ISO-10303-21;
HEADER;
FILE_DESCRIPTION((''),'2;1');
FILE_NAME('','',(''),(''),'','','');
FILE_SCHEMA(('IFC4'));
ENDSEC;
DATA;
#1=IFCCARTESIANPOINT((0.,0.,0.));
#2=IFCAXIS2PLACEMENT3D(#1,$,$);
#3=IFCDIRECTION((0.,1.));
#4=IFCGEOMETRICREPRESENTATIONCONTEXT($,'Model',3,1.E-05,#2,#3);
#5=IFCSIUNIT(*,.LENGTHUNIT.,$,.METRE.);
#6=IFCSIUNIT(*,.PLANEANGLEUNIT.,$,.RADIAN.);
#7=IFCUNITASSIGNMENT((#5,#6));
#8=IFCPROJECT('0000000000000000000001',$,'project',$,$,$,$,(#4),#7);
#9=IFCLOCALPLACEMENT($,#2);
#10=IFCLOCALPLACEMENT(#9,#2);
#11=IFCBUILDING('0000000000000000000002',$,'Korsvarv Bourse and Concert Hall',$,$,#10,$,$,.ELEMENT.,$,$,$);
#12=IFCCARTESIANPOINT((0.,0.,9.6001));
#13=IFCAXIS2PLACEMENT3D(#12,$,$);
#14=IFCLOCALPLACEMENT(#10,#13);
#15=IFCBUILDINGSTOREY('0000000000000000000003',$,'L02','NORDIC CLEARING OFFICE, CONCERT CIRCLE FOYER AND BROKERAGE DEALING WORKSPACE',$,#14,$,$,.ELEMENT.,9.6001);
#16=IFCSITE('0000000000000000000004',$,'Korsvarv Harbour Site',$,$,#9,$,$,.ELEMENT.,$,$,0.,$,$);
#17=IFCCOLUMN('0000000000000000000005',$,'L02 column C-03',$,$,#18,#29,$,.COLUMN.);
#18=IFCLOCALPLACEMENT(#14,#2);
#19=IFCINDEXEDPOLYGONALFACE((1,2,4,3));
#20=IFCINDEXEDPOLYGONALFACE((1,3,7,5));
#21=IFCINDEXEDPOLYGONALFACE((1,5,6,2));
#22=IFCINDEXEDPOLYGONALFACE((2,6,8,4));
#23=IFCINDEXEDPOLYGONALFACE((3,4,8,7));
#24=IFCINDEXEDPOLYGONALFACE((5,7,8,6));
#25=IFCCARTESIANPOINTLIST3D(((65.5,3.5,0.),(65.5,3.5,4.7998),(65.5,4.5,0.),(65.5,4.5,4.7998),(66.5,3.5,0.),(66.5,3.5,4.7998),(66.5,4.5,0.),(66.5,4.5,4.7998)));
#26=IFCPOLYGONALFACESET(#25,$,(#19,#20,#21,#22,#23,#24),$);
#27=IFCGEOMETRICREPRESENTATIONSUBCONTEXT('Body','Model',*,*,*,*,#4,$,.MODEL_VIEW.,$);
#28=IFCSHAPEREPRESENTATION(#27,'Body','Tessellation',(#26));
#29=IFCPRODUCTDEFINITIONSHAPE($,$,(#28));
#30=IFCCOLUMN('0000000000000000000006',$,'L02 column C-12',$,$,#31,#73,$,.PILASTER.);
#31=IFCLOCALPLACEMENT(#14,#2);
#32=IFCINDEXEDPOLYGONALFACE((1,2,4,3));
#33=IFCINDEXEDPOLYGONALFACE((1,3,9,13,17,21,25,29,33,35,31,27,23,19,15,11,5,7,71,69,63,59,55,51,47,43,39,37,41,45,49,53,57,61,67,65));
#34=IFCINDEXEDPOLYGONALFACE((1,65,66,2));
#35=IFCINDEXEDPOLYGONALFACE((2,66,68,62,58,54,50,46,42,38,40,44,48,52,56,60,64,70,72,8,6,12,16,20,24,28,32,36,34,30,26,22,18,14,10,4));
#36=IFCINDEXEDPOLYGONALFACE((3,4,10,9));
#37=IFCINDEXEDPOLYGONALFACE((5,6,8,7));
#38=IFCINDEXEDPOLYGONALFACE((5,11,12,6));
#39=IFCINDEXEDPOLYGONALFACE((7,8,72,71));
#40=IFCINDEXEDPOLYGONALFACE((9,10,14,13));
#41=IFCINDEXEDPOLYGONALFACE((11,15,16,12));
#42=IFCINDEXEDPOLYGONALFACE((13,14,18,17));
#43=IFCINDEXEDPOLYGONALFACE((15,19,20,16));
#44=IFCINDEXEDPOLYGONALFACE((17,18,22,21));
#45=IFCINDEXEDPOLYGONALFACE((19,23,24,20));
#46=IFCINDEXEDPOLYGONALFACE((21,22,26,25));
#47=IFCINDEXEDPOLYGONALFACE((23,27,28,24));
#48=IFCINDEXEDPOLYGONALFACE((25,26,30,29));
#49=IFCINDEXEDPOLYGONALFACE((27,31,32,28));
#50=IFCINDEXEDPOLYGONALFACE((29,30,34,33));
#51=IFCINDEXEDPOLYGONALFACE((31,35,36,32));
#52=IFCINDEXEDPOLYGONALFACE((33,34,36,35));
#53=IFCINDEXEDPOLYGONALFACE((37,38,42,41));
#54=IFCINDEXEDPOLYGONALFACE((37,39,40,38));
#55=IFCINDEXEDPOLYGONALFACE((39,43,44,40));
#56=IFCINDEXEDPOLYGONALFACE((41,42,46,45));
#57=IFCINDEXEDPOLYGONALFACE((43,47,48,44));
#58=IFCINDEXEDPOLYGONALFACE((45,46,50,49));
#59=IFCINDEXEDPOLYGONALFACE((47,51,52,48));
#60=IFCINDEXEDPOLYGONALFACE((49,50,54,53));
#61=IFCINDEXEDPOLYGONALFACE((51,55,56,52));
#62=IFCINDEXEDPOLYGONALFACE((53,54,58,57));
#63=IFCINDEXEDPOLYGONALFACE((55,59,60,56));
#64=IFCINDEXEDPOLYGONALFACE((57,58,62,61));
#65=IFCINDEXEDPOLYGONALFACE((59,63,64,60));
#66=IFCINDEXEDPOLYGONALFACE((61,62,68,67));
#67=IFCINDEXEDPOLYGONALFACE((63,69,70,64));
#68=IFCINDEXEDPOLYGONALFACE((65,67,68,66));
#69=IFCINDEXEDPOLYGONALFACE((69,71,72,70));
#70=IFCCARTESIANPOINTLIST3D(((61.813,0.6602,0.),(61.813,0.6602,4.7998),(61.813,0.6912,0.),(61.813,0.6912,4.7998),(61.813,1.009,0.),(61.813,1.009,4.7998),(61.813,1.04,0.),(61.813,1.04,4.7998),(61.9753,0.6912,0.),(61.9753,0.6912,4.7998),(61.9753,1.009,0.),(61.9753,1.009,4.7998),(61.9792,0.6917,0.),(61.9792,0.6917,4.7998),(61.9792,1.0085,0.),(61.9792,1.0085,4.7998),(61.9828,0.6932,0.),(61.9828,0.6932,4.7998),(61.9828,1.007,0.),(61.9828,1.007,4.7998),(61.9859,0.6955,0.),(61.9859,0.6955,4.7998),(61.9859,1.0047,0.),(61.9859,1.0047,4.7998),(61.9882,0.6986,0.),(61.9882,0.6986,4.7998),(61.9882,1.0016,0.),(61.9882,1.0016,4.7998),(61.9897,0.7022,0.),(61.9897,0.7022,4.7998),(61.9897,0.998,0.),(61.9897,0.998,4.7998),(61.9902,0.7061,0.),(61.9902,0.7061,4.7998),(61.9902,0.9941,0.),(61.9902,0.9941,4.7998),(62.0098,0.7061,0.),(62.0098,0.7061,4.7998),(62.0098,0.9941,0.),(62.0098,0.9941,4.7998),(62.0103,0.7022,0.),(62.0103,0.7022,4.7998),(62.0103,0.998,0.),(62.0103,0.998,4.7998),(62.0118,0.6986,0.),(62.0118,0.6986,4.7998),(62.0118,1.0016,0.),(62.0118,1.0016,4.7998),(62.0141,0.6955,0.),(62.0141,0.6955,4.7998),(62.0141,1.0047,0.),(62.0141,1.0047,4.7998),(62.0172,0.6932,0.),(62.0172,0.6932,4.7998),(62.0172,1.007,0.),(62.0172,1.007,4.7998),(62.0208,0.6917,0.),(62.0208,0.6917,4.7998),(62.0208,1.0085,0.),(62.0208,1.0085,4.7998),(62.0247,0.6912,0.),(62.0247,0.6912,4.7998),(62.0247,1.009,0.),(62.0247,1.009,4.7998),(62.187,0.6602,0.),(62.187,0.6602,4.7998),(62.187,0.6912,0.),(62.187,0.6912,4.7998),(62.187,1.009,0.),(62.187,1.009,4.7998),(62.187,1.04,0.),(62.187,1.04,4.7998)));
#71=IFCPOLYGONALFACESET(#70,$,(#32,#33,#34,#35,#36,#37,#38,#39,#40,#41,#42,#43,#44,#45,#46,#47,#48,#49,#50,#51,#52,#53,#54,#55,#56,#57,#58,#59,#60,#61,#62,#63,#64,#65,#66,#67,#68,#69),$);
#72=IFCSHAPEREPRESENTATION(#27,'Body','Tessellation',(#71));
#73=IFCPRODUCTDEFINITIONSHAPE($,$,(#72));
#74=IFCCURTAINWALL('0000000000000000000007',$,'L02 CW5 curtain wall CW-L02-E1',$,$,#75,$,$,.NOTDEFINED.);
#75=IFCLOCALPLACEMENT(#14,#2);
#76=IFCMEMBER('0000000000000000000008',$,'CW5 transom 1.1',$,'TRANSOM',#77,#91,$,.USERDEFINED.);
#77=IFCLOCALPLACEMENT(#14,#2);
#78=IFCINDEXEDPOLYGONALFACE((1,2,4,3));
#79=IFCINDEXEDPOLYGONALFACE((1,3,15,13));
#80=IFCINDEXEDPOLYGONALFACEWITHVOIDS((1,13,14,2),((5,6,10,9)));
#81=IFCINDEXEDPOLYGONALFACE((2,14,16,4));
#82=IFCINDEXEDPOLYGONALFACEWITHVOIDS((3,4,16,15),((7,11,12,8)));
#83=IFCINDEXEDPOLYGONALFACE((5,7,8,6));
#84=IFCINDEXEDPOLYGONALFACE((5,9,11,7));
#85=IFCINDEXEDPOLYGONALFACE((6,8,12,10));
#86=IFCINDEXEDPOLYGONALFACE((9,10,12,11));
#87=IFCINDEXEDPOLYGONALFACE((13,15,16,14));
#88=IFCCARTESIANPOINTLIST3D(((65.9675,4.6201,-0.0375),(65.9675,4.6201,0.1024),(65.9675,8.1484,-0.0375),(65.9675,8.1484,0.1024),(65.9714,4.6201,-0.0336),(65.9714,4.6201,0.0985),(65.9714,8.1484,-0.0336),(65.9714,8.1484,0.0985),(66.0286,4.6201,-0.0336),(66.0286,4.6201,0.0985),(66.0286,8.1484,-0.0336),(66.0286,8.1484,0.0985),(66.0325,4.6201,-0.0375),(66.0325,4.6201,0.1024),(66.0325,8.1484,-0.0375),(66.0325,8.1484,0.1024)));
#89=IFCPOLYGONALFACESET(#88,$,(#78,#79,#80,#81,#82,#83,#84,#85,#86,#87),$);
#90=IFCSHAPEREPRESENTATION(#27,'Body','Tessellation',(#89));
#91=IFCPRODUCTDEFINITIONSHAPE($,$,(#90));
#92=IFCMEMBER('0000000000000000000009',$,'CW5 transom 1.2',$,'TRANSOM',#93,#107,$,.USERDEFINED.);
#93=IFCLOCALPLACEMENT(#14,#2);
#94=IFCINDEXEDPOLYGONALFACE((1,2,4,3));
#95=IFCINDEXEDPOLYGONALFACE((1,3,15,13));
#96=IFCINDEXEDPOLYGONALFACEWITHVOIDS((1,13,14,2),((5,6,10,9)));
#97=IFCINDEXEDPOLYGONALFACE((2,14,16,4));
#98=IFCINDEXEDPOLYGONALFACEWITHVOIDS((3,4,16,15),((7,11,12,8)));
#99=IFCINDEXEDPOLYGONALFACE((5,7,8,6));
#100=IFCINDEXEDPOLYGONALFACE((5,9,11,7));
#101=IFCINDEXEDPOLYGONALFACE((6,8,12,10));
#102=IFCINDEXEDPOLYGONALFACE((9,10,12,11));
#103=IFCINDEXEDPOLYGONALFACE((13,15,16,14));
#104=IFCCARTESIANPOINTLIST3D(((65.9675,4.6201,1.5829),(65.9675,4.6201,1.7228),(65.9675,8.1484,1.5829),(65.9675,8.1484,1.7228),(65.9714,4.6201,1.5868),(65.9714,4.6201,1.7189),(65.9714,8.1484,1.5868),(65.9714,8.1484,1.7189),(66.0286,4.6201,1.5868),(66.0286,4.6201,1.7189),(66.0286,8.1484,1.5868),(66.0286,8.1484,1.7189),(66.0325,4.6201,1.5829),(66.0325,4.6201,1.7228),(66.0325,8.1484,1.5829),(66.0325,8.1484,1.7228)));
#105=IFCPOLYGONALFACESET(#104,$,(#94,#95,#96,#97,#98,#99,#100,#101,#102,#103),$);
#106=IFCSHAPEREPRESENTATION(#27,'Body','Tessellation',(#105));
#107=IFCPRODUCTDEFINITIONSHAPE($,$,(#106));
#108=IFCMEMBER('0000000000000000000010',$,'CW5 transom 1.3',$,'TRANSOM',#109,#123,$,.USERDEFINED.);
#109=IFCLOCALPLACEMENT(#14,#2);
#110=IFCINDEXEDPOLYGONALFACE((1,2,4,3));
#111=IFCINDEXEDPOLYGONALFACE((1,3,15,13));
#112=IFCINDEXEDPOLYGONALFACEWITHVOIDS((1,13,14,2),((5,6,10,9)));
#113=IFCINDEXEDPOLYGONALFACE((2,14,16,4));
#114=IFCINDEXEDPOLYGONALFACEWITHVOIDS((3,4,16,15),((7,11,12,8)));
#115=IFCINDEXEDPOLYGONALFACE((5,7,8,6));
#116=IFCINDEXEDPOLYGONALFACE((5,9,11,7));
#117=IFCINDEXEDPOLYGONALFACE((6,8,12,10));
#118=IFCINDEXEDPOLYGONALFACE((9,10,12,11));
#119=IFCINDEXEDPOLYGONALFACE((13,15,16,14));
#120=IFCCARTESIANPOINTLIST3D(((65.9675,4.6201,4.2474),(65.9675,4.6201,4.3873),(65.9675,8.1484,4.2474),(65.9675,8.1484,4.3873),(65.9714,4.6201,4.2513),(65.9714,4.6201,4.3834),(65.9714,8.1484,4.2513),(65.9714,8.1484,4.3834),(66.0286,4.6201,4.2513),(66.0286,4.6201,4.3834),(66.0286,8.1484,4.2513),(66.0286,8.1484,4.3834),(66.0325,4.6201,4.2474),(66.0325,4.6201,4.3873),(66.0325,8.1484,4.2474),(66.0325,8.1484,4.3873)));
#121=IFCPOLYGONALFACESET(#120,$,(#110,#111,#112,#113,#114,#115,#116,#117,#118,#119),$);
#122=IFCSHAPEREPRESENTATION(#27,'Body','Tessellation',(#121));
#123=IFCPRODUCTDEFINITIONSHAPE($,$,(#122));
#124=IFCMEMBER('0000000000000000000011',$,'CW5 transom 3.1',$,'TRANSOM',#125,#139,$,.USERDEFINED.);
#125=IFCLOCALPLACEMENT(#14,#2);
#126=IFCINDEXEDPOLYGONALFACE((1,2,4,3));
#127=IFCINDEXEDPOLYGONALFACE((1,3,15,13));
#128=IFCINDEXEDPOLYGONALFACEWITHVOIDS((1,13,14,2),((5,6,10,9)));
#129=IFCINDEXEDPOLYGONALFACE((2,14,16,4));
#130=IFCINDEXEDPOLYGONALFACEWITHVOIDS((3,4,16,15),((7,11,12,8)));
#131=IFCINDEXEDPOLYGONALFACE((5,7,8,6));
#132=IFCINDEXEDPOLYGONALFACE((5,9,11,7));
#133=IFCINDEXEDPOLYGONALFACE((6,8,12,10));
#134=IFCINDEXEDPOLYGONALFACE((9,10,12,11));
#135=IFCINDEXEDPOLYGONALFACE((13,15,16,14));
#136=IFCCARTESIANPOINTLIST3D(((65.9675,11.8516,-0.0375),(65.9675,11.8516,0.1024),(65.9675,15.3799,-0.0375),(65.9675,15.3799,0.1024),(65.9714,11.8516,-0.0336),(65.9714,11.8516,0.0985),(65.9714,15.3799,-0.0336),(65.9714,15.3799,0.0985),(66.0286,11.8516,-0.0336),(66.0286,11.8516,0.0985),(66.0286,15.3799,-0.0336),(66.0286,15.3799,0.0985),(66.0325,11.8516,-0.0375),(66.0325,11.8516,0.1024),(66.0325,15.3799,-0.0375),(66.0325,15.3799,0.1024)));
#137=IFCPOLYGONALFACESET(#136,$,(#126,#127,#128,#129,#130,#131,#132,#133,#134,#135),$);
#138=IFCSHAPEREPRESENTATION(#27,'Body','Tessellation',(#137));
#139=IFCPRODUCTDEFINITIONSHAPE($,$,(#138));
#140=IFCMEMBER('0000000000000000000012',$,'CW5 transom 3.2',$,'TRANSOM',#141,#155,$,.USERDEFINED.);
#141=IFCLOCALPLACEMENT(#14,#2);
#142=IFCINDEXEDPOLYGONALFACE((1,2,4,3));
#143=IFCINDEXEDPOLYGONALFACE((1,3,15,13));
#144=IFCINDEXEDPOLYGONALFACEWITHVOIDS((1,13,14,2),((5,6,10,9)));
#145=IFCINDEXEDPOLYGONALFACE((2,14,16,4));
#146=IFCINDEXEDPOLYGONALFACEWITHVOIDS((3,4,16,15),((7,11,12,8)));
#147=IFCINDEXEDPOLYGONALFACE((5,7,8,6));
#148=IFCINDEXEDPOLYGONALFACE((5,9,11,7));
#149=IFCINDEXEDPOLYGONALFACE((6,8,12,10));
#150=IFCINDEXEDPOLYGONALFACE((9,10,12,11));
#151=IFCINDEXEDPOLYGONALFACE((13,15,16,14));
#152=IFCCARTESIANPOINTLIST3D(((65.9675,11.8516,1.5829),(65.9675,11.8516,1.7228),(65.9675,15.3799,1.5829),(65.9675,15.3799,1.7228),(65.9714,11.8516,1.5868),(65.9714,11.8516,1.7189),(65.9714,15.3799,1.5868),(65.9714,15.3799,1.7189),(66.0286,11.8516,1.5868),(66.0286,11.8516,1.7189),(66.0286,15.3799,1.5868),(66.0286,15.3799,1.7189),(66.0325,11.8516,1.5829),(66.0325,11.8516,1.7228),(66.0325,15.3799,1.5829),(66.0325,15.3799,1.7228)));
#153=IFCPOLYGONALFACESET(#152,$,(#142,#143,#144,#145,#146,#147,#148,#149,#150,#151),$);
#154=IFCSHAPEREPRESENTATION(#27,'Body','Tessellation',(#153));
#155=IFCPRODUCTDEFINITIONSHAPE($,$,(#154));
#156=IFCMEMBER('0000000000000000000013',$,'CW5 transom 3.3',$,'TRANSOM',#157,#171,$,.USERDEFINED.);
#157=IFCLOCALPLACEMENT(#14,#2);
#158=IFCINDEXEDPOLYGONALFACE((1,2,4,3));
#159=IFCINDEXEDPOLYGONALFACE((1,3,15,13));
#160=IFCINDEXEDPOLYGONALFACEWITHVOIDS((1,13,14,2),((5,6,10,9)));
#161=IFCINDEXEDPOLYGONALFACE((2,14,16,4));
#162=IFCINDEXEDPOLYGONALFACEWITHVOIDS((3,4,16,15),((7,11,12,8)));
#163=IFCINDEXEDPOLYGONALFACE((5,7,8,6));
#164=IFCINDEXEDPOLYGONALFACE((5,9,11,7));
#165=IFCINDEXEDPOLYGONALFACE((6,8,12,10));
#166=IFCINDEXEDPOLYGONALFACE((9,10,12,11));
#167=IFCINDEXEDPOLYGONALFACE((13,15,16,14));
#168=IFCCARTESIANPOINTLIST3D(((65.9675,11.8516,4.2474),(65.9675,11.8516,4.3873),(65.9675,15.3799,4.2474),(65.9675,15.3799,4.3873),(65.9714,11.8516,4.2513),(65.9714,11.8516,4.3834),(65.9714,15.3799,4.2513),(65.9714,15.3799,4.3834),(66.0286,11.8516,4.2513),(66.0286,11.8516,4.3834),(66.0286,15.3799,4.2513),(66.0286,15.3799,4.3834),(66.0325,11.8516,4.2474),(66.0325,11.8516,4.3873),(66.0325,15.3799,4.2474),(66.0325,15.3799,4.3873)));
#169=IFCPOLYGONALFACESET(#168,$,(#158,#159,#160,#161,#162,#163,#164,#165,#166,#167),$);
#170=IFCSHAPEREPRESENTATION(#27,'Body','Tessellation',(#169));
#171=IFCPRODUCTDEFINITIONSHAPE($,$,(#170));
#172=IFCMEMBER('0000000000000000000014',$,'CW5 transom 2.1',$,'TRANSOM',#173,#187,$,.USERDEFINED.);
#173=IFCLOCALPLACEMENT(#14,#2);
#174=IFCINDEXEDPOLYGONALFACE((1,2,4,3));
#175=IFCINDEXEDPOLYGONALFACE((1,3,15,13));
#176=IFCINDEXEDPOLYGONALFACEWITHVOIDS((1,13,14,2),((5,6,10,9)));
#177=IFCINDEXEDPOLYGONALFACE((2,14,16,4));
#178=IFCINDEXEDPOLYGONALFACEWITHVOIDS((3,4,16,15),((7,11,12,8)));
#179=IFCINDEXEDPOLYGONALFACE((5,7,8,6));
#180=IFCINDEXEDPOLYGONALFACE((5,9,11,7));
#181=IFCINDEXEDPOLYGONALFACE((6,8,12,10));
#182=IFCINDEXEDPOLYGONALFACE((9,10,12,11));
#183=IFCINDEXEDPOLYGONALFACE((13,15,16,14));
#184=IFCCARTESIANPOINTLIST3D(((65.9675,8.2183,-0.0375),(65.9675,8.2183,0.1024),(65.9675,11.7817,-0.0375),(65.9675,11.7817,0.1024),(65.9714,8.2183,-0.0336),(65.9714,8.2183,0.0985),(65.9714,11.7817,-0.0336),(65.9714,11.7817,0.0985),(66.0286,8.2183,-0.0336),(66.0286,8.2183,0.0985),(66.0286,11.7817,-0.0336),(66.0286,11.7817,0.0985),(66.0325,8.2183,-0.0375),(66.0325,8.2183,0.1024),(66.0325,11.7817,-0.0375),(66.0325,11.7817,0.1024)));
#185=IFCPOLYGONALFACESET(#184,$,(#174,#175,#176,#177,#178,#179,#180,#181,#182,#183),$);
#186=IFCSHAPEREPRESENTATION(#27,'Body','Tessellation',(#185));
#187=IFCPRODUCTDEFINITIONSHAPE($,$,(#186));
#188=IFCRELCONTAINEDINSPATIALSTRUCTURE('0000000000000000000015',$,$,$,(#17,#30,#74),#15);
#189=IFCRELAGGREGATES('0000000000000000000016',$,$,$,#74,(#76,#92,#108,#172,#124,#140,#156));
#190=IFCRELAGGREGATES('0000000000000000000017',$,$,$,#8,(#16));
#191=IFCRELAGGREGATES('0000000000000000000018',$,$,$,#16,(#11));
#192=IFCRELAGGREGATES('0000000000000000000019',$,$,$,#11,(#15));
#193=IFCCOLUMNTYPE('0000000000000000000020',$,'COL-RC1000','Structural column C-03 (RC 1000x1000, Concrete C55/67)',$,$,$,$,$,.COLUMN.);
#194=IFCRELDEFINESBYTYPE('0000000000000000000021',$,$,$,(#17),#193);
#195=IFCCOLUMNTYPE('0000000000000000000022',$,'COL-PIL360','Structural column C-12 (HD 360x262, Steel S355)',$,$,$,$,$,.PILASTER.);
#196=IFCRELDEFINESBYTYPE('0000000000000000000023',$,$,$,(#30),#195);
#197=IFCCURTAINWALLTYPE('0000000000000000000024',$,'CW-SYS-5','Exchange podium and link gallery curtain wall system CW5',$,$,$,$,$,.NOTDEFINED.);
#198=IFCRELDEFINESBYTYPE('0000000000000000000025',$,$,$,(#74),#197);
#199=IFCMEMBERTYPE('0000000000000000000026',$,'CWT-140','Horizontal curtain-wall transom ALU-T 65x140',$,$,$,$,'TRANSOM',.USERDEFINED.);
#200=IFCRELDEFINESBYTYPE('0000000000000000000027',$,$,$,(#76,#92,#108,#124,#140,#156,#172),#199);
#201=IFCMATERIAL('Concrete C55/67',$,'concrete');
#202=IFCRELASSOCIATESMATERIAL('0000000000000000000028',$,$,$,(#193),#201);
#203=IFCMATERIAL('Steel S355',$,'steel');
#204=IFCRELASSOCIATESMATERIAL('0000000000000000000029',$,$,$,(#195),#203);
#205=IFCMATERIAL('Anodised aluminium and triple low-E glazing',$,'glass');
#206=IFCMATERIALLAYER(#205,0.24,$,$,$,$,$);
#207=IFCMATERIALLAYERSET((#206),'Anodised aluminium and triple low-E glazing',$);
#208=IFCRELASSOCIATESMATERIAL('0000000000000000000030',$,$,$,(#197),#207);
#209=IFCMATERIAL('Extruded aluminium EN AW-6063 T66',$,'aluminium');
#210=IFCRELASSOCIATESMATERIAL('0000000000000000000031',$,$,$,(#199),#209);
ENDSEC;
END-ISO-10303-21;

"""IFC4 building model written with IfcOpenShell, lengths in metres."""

from ifc_helpers import new_model, si_unit, direction, frame, origin, origin_2d, place, context, subcontext, project, spatial, rectangle, hollow_rectangle, i_section, extrude, source, transform, mapped, material, layer, layer_set, material_profile, profile_set, type_object, element, aggregate, save


model = new_model("IFC4")

# Units and contexts
model_context = context("Model", 3, precision=1e-05, world=origin(), true_north=direction((0.0, 1.0)))
body_context = subcontext(model_context, "Body", "Model", "MODEL_VIEW")
ifc_project = project(units=[si_unit("LENGTHUNIT", "METRE"), si_unit("PLANEANGLEUNIT", "RADIAN")], contexts=[model_context])

# Site, building, storey
site_placement = place(None, origin())
site = spatial("IfcSite", under=ifc_project, at=site_placement, Name="Korsvarv Harbour Site", CompositionType="ELEMENT", RefElevation=0.0)
building_placement = place(site_placement, origin())
building = spatial("IfcBuilding", under=site, at=building_placement, Name="Korsvarv Bourse and Concert Hall", CompositionType="ELEMENT")
storey_placement = place(building_placement, frame((0.0, 0.0, 9.6001)))
storey = spatial("IfcBuildingStorey", under=building, at=storey_placement, Name="L02", Description="NORDIC CLEARING OFFICE, CONCERT CIRCLE FOYER AND BROKERAGE DEALING WORKSPACE", CompositionType="ELEMENT", Elevation=9.6001)

# Columns
ifc_material_1 = material(Name="Concrete C55/67", Category="concrete")
ifc_material_profile_1 = material_profile(ifc_material_1, rectangle(XDim=1.0, YDim=1.0, at=origin_2d()), Name="RC 1000x1000")
ifc_profile_set_1 = profile_set([ifc_material_profile_1], Name="Concrete C55/67")
column_type_1 = type_object("IfcColumnType", Name="COL-RC1000", Description="Structural column C-03 (RC 1000x1000, Concrete C55/67)", PredefinedType="COLUMN", material=ifc_profile_set_1)
shared_shape_1 = source(origin(), body_context, "Body", "SweptSolid", [
    extrude(rectangle(XDim=1.0, YDim=1.0, at=origin_2d()), origin(), (0.0, 0.0, 1.0), 4.7998),
])
column_1_placement = place(storey_placement, frame((66.0, 4.0, 0.0), z_axis=(0.0, 0.0, 1.0), x_axis=(1.0, 0.0, 0.0)))
element("IfcColumn", 1, at=column_1_placement, inside=storey, type_object=column_type_1, Name="L02 column C-03", PredefinedType="COLUMN", context=body_context, shape_type="MappedRepresentation", body=[
    mapped(shared_shape_1, transform((0.0, 0.0, 0.0), scale=1.0)),
])
ifc_material_2 = material(Name="Steel S355", Category="steel")
ifc_material_profile_2 = material_profile(ifc_material_2, i_section(OverallWidth=0.374, OverallDepth=0.3799, WebThickness=0.0195, FlangeThickness=0.031, FilletRadius=0.0149, at=origin_2d()), Name="HD 360x262")
ifc_profile_set_2 = profile_set([ifc_material_profile_2], Name="Steel S355")
column_type_2 = type_object("IfcColumnType", Name="COL-PIL360", Description="Structural column C-12 (HD 360x262, Steel S355)", PredefinedType="PILASTER", material=ifc_profile_set_2)
shared_shape_2 = source(origin(), body_context, "Body", "SweptSolid", [
    extrude(i_section(OverallWidth=0.374, OverallDepth=0.3799, WebThickness=0.0195, FlangeThickness=0.031, FilletRadius=0.0149, at=origin_2d()), origin(), (0.0, 0.0, 1.0), 4.7998),
])
column_2_placement = place(storey_placement, frame((62.0, 0.8501, 0.0), z_axis=(0.0, 0.0, 1.0), x_axis=(1.0, 0.0, 0.0)))
element("IfcColumn", 2, at=column_2_placement, inside=storey, type_object=column_type_2, Name="L02 column C-12", PredefinedType="PILASTER", context=body_context, shape_type="MappedRepresentation", body=[
    mapped(shared_shape_2, transform((0.0, 0.0, 0.0), scale=1.0)),
])

# Curtain wall, members
ifc_material_3 = material(Name="Anodised aluminium and triple low-E glazing", Category="glass")
ifc_layer_1 = layer(ifc_material_3, 0.24)
ifc_layer_set_1 = layer_set([ifc_layer_1], Name="Anodised aluminium and triple low-E glazing")
curtain_wall_type = type_object("IfcCurtainWallType", Name="CW-SYS-5", Description="Exchange podium and link gallery curtain wall system CW5", PredefinedType="NOTDEFINED", material=ifc_layer_set_1)
curtain_wall_placement = place(storey_placement, origin())
curtain_wall = element("IfcCurtainWall", 3, at=curtain_wall_placement, inside=storey, type_object=curtain_wall_type, Name="L02 CW5 curtain wall CW-L02-E1", PredefinedType="NOTDEFINED")
ifc_material_4 = material(Name="Extruded aluminium EN AW-6063 T66", Category="aluminium")
ifc_material_profile_3 = material_profile(ifc_material_4, hollow_rectangle(XDim=0.0649, YDim=0.1399, WallThickness=0.0039, at=origin_2d()), Name="ALU-T 65x140")
ifc_profile_set_3 = profile_set([ifc_material_profile_3], Name="Extruded aluminium EN AW-6063 T66")
member_type_1 = type_object("IfcMemberType", Name="CWT-140", Description="Horizontal curtain-wall transom ALU-T 65x140", ElementType="TRANSOM", PredefinedType="USERDEFINED", material=ifc_profile_set_3)
shared_shape_3 = source(origin(), body_context, "Body", "SweptSolid", [
    extrude(hollow_rectangle(XDim=0.0649, YDim=0.1399, WallThickness=0.0039, at=origin_2d()), origin(), (0.0, 0.0, 1.0), 3.5283),
])
member_1_placement = place(storey_placement, frame((66.0, 4.6201, 0.0325), z_axis=(0.0, 1.0, 0.0), x_axis=(-1.0, 0.0, 0.0)))
member_1 = element("IfcMember", 4, at=member_1_placement, type_object=member_type_1, Name="CW5 transom 1.1", ObjectType="TRANSOM", PredefinedType="USERDEFINED", context=body_context, shape_type="MappedRepresentation", body=[
    mapped(shared_shape_3, transform((0.0, 0.0, 0.0), scale=1.0)),
])
member_2_placement = place(storey_placement, frame((66.0, 4.6201, 1.6528), z_axis=(0.0, 1.0, 0.0), x_axis=(-1.0, 0.0, 0.0)))
member_2 = element("IfcMember", 5, at=member_2_placement, type_object=member_type_1, Name="CW5 transom 1.2", ObjectType="TRANSOM", PredefinedType="USERDEFINED", context=body_context, shape_type="MappedRepresentation", body=[
    mapped(shared_shape_3, transform((0.0, 0.0, 0.0), scale=1.0)),
])
member_3_placement = place(storey_placement, frame((66.0, 4.6201, 4.3174), z_axis=(0.0, 1.0, 0.0), x_axis=(-1.0, 0.0, 0.0)))
member_3 = element("IfcMember", 6, at=member_3_placement, type_object=member_type_1, Name="CW5 transom 1.3", ObjectType="TRANSOM", PredefinedType="USERDEFINED", context=body_context, shape_type="MappedRepresentation", body=[
    mapped(shared_shape_3, transform((0.0, 0.0, 0.0), scale=1.0)),
])
member_4_placement = place(storey_placement, frame((66.0, 11.8516, 0.0325), z_axis=(0.0, 1.0, 0.0), x_axis=(-1.0, 0.0, 0.0)))
member_4 = element("IfcMember", 7, at=member_4_placement, type_object=member_type_1, Name="CW5 transom 3.1", ObjectType="TRANSOM", PredefinedType="USERDEFINED", context=body_context, shape_type="MappedRepresentation", body=[
    mapped(shared_shape_3, transform((0.0, 0.0, 0.0), scale=1.0)),
])
member_5_placement = place(storey_placement, frame((66.0, 11.8516, 1.6528), z_axis=(0.0, 1.0, 0.0), x_axis=(-1.0, 0.0, 0.0)))
member_5 = element("IfcMember", 8, at=member_5_placement, type_object=member_type_1, Name="CW5 transom 3.2", ObjectType="TRANSOM", PredefinedType="USERDEFINED", context=body_context, shape_type="MappedRepresentation", body=[
    mapped(shared_shape_3, transform((0.0, 0.0, 0.0), scale=1.0)),
])
member_6_placement = place(storey_placement, frame((66.0, 11.8516, 4.3174), z_axis=(0.0, 1.0, 0.0), x_axis=(-1.0, 0.0, 0.0)))
member_6 = element("IfcMember", 9, at=member_6_placement, type_object=member_type_1, Name="CW5 transom 3.3", ObjectType="TRANSOM", PredefinedType="USERDEFINED", context=body_context, shape_type="MappedRepresentation", body=[
    mapped(shared_shape_3, transform((0.0, 0.0, 0.0), scale=1.0)),
])
shared_shape_4 = source(origin(), body_context, "Body", "SweptSolid", [
    extrude(hollow_rectangle(XDim=0.0649, YDim=0.1399, WallThickness=0.0039, at=origin_2d()), origin(), (0.0, 0.0, 1.0), 3.5635),
])
member_7_placement = place(storey_placement, frame((66.0, 8.2183, 0.0325), z_axis=(0.0, 1.0, 0.0), x_axis=(-1.0, 0.0, 0.0)))
member_7 = element("IfcMember", 10, at=member_7_placement, type_object=member_type_1, Name="CW5 transom 2.1", ObjectType="TRANSOM", PredefinedType="USERDEFINED", context=body_context, shape_type="MappedRepresentation", body=[
    mapped(shared_shape_4, transform((0.0, 0.0, 0.0), scale=1.0)),
])
aggregate(curtain_wall, [member_1, member_2, member_3, member_7, member_4, member_5, member_6])

save(model, "model.ifc")
